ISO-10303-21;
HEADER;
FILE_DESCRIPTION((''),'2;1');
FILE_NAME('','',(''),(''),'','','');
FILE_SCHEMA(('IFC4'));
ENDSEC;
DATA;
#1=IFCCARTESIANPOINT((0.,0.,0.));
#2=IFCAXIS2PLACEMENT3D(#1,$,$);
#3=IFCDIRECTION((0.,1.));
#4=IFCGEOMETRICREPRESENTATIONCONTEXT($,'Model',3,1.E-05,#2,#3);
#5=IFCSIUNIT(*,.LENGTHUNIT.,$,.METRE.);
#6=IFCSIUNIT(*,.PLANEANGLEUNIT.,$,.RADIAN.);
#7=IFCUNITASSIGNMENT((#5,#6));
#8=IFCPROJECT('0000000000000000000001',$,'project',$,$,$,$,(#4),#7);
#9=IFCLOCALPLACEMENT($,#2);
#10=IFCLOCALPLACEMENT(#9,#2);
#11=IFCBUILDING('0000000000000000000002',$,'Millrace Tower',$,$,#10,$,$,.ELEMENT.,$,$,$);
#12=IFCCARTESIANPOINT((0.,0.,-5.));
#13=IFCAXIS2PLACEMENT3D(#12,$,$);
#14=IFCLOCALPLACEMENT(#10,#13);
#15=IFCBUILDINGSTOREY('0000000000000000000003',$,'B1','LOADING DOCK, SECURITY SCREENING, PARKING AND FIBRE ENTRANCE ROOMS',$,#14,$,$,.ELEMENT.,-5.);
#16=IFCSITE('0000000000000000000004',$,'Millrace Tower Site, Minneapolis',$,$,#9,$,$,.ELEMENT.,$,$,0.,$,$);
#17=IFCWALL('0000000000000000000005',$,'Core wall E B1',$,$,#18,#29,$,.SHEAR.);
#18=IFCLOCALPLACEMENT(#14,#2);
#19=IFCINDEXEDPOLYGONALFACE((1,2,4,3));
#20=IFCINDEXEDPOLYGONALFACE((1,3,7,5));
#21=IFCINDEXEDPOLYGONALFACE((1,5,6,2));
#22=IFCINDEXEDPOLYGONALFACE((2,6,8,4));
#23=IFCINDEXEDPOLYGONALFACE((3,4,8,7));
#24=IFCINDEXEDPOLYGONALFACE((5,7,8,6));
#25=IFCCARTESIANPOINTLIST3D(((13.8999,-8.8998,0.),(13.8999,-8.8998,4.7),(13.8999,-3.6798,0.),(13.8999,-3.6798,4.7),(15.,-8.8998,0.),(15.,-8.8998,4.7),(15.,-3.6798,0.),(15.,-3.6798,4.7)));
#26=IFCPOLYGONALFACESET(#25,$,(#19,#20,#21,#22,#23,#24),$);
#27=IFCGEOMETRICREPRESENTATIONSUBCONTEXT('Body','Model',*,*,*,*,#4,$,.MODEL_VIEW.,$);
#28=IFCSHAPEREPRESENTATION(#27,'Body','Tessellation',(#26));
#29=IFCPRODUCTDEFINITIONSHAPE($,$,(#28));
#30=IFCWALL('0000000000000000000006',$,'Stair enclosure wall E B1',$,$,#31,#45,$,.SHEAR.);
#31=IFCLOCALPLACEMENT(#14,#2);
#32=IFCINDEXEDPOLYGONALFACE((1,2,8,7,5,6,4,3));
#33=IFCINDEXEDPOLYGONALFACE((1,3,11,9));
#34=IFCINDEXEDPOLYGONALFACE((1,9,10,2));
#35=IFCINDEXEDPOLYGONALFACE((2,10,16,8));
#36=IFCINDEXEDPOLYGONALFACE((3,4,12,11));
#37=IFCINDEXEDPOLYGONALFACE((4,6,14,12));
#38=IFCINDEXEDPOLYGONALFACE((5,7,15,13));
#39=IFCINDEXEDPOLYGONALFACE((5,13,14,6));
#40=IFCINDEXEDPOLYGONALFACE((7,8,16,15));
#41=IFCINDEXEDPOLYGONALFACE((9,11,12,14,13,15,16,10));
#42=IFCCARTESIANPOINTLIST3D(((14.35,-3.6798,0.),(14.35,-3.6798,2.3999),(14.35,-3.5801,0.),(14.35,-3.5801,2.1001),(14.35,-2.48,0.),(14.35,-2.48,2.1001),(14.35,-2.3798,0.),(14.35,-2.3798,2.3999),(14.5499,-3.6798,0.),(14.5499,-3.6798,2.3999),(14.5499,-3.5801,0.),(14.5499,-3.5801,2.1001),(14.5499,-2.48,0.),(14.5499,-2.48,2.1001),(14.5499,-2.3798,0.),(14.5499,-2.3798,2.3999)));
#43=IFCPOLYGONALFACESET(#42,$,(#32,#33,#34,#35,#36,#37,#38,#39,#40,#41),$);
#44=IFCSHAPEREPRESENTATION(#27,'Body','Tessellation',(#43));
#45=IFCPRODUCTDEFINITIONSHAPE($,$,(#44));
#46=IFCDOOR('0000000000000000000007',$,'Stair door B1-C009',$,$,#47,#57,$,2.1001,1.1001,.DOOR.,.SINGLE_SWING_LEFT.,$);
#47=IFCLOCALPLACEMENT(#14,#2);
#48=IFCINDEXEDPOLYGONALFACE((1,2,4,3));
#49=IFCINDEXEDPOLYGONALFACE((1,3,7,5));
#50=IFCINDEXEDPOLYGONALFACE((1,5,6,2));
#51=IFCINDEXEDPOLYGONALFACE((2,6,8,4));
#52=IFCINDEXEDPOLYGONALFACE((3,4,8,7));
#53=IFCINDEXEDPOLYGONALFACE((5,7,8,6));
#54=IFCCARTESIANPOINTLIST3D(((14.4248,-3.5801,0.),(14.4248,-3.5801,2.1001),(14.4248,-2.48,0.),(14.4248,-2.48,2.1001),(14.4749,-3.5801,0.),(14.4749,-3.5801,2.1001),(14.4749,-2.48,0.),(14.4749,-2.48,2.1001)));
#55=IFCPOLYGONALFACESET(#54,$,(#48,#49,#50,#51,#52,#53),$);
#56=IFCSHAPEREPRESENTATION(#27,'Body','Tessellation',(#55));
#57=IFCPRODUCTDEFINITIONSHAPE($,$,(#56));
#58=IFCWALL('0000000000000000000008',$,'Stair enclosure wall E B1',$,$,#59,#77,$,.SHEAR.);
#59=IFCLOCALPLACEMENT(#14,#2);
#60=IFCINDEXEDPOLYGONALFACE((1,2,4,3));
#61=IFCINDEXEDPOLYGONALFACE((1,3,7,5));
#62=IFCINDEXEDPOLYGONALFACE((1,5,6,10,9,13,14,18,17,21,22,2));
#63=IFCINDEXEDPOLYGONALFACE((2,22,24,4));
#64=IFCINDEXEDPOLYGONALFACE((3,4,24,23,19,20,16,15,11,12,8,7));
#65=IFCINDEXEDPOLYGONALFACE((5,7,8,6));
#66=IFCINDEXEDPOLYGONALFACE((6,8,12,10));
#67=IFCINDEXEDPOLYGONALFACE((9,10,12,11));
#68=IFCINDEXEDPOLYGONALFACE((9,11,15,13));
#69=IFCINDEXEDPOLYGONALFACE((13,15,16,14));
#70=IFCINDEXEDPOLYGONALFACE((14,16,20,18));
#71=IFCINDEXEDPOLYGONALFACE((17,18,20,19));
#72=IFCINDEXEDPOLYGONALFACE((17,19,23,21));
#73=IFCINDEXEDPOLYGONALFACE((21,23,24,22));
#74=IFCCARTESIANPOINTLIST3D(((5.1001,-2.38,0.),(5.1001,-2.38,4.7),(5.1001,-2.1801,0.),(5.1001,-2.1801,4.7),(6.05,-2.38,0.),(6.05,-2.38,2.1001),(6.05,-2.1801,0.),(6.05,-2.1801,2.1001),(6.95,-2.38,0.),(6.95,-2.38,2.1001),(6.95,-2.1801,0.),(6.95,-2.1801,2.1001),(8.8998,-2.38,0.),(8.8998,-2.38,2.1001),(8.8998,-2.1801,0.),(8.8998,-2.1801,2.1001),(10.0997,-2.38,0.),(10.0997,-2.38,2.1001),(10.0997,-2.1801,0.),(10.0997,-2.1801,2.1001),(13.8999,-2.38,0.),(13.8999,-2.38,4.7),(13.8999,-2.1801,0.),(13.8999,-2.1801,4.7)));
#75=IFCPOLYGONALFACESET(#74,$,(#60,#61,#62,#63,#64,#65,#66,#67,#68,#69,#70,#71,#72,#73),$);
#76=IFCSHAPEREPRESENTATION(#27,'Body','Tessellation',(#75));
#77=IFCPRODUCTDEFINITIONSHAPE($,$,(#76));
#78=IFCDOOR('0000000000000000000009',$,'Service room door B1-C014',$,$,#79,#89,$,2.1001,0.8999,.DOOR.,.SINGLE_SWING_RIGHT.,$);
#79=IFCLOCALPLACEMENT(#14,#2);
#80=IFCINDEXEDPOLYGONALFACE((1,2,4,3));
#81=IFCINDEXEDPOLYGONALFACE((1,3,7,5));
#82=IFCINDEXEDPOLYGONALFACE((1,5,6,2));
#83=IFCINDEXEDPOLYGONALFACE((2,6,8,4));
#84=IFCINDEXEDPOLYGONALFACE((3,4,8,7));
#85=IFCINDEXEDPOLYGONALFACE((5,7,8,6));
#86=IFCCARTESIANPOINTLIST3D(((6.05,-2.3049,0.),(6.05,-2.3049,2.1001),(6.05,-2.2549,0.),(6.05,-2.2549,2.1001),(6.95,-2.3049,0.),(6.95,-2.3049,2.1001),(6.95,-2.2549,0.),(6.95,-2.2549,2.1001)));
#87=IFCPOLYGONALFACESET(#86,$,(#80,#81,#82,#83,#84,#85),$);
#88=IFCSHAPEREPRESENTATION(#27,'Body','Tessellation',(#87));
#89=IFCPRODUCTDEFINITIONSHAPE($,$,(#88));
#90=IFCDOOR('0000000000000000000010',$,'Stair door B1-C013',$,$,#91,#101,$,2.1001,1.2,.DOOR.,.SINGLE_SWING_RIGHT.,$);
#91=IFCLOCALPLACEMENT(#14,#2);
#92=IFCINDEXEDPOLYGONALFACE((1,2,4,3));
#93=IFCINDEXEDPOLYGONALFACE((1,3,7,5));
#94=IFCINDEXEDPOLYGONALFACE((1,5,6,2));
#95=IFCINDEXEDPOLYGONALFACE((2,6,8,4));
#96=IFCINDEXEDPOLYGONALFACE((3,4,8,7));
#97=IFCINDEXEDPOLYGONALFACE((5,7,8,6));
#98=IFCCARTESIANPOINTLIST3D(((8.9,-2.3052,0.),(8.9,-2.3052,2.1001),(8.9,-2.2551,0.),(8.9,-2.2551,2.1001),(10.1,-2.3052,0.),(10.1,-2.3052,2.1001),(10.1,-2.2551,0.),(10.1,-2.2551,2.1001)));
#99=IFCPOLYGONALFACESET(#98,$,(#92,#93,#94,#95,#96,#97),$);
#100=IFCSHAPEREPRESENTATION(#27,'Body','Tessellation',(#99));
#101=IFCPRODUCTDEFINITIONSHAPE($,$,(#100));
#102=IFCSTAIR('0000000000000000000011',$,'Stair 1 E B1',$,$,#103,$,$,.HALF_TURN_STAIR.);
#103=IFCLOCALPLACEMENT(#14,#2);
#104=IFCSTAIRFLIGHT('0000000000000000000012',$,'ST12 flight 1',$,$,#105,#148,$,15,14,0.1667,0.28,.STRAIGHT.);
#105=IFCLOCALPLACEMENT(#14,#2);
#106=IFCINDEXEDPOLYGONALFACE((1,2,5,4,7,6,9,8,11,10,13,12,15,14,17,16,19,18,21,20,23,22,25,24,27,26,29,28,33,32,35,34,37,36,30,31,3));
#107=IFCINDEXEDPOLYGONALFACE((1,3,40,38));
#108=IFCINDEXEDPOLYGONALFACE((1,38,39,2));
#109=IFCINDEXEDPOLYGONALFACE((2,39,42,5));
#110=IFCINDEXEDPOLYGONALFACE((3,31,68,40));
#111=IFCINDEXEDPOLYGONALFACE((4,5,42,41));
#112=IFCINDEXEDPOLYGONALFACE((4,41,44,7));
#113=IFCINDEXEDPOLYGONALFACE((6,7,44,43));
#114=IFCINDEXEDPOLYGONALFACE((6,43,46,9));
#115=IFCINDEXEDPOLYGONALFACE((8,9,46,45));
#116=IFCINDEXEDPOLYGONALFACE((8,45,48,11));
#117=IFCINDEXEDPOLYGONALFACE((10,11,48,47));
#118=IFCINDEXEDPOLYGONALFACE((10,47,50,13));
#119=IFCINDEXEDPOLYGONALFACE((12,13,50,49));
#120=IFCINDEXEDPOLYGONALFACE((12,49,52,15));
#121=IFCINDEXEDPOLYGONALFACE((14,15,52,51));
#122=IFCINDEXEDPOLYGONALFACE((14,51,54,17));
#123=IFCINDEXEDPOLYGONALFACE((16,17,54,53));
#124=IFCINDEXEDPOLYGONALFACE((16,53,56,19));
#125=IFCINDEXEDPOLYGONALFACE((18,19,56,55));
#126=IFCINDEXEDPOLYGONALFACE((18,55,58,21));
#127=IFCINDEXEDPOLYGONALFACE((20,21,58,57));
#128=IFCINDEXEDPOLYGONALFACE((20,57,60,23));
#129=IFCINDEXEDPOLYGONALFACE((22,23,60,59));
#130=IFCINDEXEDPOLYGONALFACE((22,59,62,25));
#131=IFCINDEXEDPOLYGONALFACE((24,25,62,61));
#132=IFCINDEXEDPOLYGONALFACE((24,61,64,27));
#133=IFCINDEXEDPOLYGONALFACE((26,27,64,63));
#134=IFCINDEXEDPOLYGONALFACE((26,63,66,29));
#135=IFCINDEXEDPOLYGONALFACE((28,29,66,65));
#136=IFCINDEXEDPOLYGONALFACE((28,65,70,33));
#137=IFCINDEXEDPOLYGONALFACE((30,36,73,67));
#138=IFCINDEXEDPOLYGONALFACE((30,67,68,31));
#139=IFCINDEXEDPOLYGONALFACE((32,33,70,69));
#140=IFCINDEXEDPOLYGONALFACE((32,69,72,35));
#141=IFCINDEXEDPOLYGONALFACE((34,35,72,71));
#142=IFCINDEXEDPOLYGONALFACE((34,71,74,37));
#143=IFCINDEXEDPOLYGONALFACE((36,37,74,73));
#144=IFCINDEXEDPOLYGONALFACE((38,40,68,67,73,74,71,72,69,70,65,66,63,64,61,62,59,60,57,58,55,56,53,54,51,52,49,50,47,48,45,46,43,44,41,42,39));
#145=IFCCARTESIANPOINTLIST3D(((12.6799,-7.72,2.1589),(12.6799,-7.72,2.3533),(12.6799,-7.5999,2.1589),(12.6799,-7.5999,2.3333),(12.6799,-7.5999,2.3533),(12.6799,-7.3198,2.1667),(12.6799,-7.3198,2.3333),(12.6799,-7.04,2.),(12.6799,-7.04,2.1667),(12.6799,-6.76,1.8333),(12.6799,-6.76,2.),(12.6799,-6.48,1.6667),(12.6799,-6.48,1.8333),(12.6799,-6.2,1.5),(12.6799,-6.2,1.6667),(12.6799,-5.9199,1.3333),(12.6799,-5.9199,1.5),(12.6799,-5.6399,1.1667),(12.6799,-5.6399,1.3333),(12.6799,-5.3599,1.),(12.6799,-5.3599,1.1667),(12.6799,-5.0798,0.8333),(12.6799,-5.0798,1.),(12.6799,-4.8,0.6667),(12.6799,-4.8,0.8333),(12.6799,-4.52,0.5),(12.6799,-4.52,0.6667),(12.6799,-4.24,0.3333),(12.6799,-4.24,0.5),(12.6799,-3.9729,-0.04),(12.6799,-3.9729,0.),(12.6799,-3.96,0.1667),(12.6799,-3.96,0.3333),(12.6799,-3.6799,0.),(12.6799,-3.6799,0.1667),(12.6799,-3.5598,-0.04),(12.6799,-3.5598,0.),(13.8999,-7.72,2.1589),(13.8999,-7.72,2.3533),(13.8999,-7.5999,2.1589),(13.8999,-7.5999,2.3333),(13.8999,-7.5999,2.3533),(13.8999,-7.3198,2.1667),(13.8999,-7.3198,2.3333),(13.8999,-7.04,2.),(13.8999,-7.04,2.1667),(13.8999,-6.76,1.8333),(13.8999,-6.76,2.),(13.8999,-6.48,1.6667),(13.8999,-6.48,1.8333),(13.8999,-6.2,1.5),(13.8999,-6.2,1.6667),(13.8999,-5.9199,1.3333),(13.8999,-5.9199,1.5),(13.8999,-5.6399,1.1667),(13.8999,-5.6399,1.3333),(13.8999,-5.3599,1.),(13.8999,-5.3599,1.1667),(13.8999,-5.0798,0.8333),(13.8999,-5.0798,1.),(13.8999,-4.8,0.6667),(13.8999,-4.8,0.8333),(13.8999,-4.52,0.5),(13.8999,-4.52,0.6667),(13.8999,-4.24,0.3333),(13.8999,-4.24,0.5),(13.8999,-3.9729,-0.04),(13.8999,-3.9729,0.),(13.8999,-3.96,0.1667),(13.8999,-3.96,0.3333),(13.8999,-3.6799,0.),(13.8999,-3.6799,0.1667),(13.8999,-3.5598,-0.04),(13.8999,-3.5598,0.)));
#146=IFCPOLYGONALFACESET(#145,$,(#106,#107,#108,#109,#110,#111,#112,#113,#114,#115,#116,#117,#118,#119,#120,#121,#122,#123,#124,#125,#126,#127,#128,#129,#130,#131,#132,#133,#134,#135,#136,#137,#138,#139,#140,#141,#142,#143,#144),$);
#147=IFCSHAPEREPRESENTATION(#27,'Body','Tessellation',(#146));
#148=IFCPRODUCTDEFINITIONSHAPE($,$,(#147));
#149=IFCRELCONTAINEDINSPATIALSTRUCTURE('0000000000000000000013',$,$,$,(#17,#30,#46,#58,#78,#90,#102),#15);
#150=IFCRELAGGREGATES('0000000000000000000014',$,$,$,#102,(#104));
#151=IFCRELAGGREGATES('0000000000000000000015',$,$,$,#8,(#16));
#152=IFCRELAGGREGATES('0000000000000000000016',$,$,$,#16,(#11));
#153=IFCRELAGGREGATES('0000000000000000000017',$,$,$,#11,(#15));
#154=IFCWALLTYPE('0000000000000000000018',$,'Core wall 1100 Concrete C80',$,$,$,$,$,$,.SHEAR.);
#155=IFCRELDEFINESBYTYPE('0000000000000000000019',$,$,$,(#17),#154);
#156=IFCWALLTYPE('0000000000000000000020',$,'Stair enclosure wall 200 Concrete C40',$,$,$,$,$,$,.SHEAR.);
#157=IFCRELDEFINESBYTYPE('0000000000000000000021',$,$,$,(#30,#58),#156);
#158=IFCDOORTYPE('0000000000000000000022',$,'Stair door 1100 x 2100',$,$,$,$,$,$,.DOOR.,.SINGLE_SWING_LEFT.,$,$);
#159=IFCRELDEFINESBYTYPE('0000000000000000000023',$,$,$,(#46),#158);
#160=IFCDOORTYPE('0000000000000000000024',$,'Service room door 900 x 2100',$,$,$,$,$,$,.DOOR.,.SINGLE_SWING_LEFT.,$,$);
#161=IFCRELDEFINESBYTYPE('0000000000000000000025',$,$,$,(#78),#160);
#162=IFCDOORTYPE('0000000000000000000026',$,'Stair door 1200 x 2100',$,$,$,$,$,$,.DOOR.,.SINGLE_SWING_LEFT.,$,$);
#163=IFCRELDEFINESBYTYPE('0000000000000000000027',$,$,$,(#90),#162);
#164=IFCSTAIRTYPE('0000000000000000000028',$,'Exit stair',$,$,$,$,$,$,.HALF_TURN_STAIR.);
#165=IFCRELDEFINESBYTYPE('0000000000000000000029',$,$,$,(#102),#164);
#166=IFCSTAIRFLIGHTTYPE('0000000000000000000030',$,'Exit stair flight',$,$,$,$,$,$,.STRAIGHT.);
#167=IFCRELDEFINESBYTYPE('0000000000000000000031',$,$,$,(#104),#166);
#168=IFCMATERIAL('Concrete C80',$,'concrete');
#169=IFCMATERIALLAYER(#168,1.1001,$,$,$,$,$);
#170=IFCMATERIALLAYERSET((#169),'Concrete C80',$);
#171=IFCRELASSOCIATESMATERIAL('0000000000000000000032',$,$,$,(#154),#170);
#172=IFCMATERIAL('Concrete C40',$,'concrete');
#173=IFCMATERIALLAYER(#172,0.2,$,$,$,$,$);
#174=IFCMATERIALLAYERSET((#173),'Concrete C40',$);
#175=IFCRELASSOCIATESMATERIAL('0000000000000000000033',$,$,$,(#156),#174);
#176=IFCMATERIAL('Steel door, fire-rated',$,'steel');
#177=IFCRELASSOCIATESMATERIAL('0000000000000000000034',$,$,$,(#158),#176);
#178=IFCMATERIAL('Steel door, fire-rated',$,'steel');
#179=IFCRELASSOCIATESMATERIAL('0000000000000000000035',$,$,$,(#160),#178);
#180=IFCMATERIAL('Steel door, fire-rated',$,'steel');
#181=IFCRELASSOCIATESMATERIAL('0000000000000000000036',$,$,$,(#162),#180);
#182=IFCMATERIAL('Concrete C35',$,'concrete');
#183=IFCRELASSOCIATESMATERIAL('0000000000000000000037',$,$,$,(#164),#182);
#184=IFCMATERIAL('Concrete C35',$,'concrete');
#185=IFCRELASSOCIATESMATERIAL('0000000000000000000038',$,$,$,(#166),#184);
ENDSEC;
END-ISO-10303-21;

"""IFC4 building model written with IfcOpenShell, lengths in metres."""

from ifc_helpers import new_model, si_unit, direction, frame, frame_2d, origin, place, context, subcontext, project, spatial, polyline, rectangle, outline, extrude, material, layer, layer_set, type_object, element, fill, aggregate, save


model = new_model("IFC4")

# Units and contexts
model_context = context("Model", 3, precision=1e-05, world=origin(), true_north=direction((0.0, 1.0)))
body_context = subcontext(model_context, "Body", "Model", "MODEL_VIEW")
ifc_project = project(units=[si_unit("LENGTHUNIT", "METRE"), si_unit("PLANEANGLEUNIT", "RADIAN")], contexts=[model_context])

# Site, building, storey
site_placement = place(None, origin())
site = spatial("IfcSite", under=ifc_project, at=site_placement, Name="Millrace Tower Site, Minneapolis", CompositionType="ELEMENT", RefElevation=0.0)
building_placement = place(site_placement, origin())
building = spatial("IfcBuilding", under=site, at=building_placement, Name="Millrace Tower", CompositionType="ELEMENT")
storey_placement = place(building_placement, frame((0.0, 0.0, -5.0)))
storey = spatial("IfcBuildingStorey", under=building, at=storey_placement, Name="B1", Description="LOADING DOCK, SECURITY SCREENING, PARKING AND FIBRE ENTRANCE ROOMS", CompositionType="ELEMENT", Elevation=-5.0)

# Wall
ifc_material_1 = material(Name="Concrete C80", Category="concrete")
ifc_layer_1 = layer(ifc_material_1, 1.1001)
ifc_layer_set_1 = layer_set([ifc_layer_1], Name="Concrete C80")
wall_type_1 = type_object("IfcWallType", Name="Core wall 1100 Concrete C80", PredefinedType="SHEAR", material=ifc_layer_set_1)
wall_1_placement = place(storey_placement, frame((14.45, -3.6799, 0.0), z_axis=(0.0, 0.0, 1.0), x_axis=(0.0, -1.0, 0.0)))
element("IfcWall", 1, at=wall_1_placement, inside=storey, type_object=wall_type_1, Name="Core wall E B1", PredefinedType="SHEAR", context=body_context, shape_type="SweptSolid", body=[
    extrude(rectangle(XDim=5.22, YDim=1.1001, at=frame_2d((2.6099, 0.0))), origin(), (0.0, 0.0, 1.0), 4.7),
])

# Wall, opening, door
ifc_material_2 = material(Name="Concrete C40", Category="concrete")
ifc_layer_2 = layer(ifc_material_2, 0.2)
ifc_layer_set_2 = layer_set([ifc_layer_2], Name="Concrete C40")
wall_type_2 = type_object("IfcWallType", Name="Stair enclosure wall 200 Concrete C40", PredefinedType="SHEAR", material=ifc_layer_set_2)
wall_2_placement = place(storey_placement, frame((14.45, -2.3799, 0.0), z_axis=(0.0, 0.0, 1.0), x_axis=(0.0, -1.0, 0.0)))
wall_2 = element("IfcWall", 2, at=wall_2_placement, inside=storey, type_object=wall_type_2, Name="Stair enclosure wall E B1", PredefinedType="SHEAR", context=body_context, shape_type="SweptSolid", body=[
    extrude(rectangle(XDim=1.3, YDim=0.2, at=frame_2d((0.6499, 0.0))), origin(), (0.0, 0.0, 1.0), 2.3999),
])
opening_1_placement = place(wall_2_placement, frame((0.1001, 0.0, 0.0)))
opening_1 = element("IfcOpeningElement", 3, at=opening_1_placement, cuts=wall_2, PredefinedType="OPENING", context=body_context, shape_type="SweptSolid", body=[
    extrude(rectangle(XDim=1.1001, YDim=2.1001, at=frame_2d((0.55, 1.05))), frame((0.0, 0.1099, 0.0), z_axis=(0.0, -1.0, 0.0), x_axis=(1.0, 0.0, 0.0)), (0.0, 0.0, 1.0), 0.22),
])
ifc_material_3 = material(Name="Steel door, fire-rated", Category="steel")
door_type_1 = type_object("IfcDoorType", Name="Stair door 1100 x 2100", OperationType="SINGLE_SWING_LEFT", PredefinedType="DOOR", material=ifc_material_3)
door_1_placement = place(opening_1_placement, origin())
door_1 = element("IfcDoor", 4, at=door_1_placement, inside=storey, type_object=door_type_1, Name="Stair door B1-C009", OperationType="SINGLE_SWING_LEFT", OverallHeight=2.1001, OverallWidth=1.1001, PredefinedType="DOOR", context=body_context, shape_type="SweptSolid", body=[
    extrude(rectangle(XDim=1.1001, YDim=2.1001, at=frame_2d((0.55, 1.05))), frame((0.0, 0.0249, 0.0), z_axis=(0.0, -1.0, 0.0), x_axis=(1.0, 0.0, 0.0)), (0.0, 0.0, 1.0), 0.05),
])
fill(opening_1, door_1)

# Wall, openings, doors
wall_3_placement = place(storey_placement, frame((13.8999, -2.28, 0.0), z_axis=(0.0, 0.0, 1.0), x_axis=(-1.0, 0.0, 0.0)))
wall_3 = element("IfcWall", 5, at=wall_3_placement, inside=storey, type_object=wall_type_2, Name="Stair enclosure wall E B1", PredefinedType="SHEAR", context=body_context, shape_type="SweptSolid", body=[
    extrude(rectangle(XDim=8.7998, YDim=0.2, at=frame_2d((4.3999, 0.0))), origin(), (0.0, 0.0, 1.0), 4.7),
])
opening_2_placement = place(wall_3_placement, frame((3.8, 0.0, 0.0)))
opening_2 = element("IfcOpeningElement", 6, at=opening_2_placement, cuts=wall_3, PredefinedType="OPENING", context=body_context, shape_type="SweptSolid", body=[
    extrude(rectangle(XDim=1.2, YDim=2.1001, at=frame_2d((0.6001, 1.05))), frame((0.0, 0.1099, 0.0), z_axis=(0.0, -1.0, 0.0), x_axis=(1.0, 0.0, 0.0)), (0.0, 0.0, 1.0), 0.22),
])
opening_3_placement = place(wall_3_placement, frame((6.95, 0.0, 0.0)))
opening_3 = element("IfcOpeningElement", 7, at=opening_3_placement, cuts=wall_3, PredefinedType="OPENING", context=body_context, shape_type="SweptSolid", body=[
    extrude(rectangle(XDim=0.8999, YDim=2.1001, at=frame_2d((0.45, 1.05))), frame((0.0, 0.1099, 0.0), z_axis=(0.0, -1.0, 0.0), x_axis=(1.0, 0.0, 0.0)), (0.0, 0.0, 1.0), 0.22),
])
ifc_material_4 = material(Name="Steel door, fire-rated", Category="steel")
door_type_2 = type_object("IfcDoorType", Name="Service room door 900 x 2100", OperationType="SINGLE_SWING_LEFT", PredefinedType="DOOR", material=ifc_material_4)
door_2_placement = place(opening_3_placement, origin())
door_2 = element("IfcDoor", 8, at=door_2_placement, inside=storey, type_object=door_type_2, Name="Service room door B1-C014", OperationType="SINGLE_SWING_RIGHT", OverallHeight=2.1001, OverallWidth=0.8999, PredefinedType="DOOR", context=body_context, shape_type="SweptSolid", body=[
    extrude(rectangle(XDim=0.8999, YDim=2.1001, at=frame_2d((0.45, 1.05))), frame((0.0, 0.0249, 0.0), z_axis=(0.0, -1.0, 0.0), x_axis=(1.0, 0.0, 0.0)), (0.0, 0.0, 1.0), 0.05),
])
fill(opening_3, door_2)
ifc_material_5 = material(Name="Steel door, fire-rated", Category="steel")
door_type_3 = type_object("IfcDoorType", Name="Stair door 1200 x 2100", OperationType="SINGLE_SWING_LEFT", PredefinedType="DOOR", material=ifc_material_5)
door_3_placement = place(opening_2_placement, frame((1.2, 0.0, 0.0), z_axis=(0.0, 0.0, 1.0), x_axis=(-1.0, 0.0, 0.0)))
door_3 = element("IfcDoor", 9, at=door_3_placement, inside=storey, type_object=door_type_3, Name="Stair door B1-C013", OperationType="SINGLE_SWING_RIGHT", OverallHeight=2.1001, OverallWidth=1.2, PredefinedType="DOOR", context=body_context, shape_type="SweptSolid", body=[
    extrude(rectangle(XDim=1.2, YDim=2.1001, at=frame_2d((0.6001, 1.05))), frame((0.0, 0.0249, 0.0), z_axis=(0.0, -1.0, 0.0), x_axis=(1.0, 0.0, 0.0)), (0.0, 0.0, 1.0), 0.05),
])
fill(opening_2, door_3)

# Stair, stair flight
ifc_material_6 = material(Name="Concrete C35", Category="concrete")
stair_type = type_object("IfcStairType", Name="Exit stair", PredefinedType="HALF_TURN_STAIR", material=ifc_material_6)
stair_placement = place(storey_placement, origin())
stair = element("IfcStair", 10, at=stair_placement, inside=storey, type_object=stair_type, Name="Stair 1 E B1", PredefinedType="HALF_TURN_STAIR")
ifc_material_7 = material(Name="Concrete C35", Category="concrete")
stair_flight_type = type_object("IfcStairFlightType", Name="Exit stair flight", PredefinedType="STRAIGHT", material=ifc_material_7)
stair_flight_placement = place(storey_placement, frame((13.29, -3.6799, 0.0), z_axis=(0.0, 0.0, 1.0), x_axis=(0.0, -1.0, 0.0)))
stair_flight = element("IfcStairFlight", 11, at=stair_flight_placement, type_object=stair_flight_type, Name="ST12 flight 1", NumberOfRisers=15, NumberOfTreads=14, PredefinedType="STRAIGHT", RiserHeight=0.1667, TreadLength=0.28, context=body_context, shape_type="SweptSolid", body=[
    extrude(outline(polyline([(-0.1201, -0.04), (-0.1201, 0.0), (0.0, 0.0), (0.0, 0.1667), (0.28, 0.1667), (0.28, 0.3333), (0.5601, 0.3333), (0.5601, 0.5), (0.8401, 0.5), (0.8401, 0.6667), (1.1201, 0.6667), (1.1201, 0.8333), (1.3999, 0.8333), (1.3999, 1.0), (1.6799, 1.0), (1.6799, 1.1667), (1.96, 1.1667), (1.96, 1.3333), (2.24, 1.3333), (2.24, 1.5), (2.52, 1.5), (2.52, 1.6667), (2.8, 1.6667), (2.8, 1.8333), (3.0801, 1.8333), (3.0801, 2.0), (3.3601, 2.0), (3.3601, 2.1667), (3.6399, 2.1667), (3.6399, 2.3333), (3.9199, 2.3333), (3.9199, 2.3533), (4.04, 2.3533), (4.04, 2.1589), (3.9199, 2.1589), (0.293, 0.0), (0.293, -0.04), (-0.1201, -0.04)])), frame((0.0, 0.6099, 0.0), z_axis=(0.0, -1.0, 0.0), x_axis=(1.0, 0.0, 0.0)), (0.0, 0.0, 1.0), 1.22),
])
aggregate(stair, [stair_flight])

save(model, "model.ifc")
